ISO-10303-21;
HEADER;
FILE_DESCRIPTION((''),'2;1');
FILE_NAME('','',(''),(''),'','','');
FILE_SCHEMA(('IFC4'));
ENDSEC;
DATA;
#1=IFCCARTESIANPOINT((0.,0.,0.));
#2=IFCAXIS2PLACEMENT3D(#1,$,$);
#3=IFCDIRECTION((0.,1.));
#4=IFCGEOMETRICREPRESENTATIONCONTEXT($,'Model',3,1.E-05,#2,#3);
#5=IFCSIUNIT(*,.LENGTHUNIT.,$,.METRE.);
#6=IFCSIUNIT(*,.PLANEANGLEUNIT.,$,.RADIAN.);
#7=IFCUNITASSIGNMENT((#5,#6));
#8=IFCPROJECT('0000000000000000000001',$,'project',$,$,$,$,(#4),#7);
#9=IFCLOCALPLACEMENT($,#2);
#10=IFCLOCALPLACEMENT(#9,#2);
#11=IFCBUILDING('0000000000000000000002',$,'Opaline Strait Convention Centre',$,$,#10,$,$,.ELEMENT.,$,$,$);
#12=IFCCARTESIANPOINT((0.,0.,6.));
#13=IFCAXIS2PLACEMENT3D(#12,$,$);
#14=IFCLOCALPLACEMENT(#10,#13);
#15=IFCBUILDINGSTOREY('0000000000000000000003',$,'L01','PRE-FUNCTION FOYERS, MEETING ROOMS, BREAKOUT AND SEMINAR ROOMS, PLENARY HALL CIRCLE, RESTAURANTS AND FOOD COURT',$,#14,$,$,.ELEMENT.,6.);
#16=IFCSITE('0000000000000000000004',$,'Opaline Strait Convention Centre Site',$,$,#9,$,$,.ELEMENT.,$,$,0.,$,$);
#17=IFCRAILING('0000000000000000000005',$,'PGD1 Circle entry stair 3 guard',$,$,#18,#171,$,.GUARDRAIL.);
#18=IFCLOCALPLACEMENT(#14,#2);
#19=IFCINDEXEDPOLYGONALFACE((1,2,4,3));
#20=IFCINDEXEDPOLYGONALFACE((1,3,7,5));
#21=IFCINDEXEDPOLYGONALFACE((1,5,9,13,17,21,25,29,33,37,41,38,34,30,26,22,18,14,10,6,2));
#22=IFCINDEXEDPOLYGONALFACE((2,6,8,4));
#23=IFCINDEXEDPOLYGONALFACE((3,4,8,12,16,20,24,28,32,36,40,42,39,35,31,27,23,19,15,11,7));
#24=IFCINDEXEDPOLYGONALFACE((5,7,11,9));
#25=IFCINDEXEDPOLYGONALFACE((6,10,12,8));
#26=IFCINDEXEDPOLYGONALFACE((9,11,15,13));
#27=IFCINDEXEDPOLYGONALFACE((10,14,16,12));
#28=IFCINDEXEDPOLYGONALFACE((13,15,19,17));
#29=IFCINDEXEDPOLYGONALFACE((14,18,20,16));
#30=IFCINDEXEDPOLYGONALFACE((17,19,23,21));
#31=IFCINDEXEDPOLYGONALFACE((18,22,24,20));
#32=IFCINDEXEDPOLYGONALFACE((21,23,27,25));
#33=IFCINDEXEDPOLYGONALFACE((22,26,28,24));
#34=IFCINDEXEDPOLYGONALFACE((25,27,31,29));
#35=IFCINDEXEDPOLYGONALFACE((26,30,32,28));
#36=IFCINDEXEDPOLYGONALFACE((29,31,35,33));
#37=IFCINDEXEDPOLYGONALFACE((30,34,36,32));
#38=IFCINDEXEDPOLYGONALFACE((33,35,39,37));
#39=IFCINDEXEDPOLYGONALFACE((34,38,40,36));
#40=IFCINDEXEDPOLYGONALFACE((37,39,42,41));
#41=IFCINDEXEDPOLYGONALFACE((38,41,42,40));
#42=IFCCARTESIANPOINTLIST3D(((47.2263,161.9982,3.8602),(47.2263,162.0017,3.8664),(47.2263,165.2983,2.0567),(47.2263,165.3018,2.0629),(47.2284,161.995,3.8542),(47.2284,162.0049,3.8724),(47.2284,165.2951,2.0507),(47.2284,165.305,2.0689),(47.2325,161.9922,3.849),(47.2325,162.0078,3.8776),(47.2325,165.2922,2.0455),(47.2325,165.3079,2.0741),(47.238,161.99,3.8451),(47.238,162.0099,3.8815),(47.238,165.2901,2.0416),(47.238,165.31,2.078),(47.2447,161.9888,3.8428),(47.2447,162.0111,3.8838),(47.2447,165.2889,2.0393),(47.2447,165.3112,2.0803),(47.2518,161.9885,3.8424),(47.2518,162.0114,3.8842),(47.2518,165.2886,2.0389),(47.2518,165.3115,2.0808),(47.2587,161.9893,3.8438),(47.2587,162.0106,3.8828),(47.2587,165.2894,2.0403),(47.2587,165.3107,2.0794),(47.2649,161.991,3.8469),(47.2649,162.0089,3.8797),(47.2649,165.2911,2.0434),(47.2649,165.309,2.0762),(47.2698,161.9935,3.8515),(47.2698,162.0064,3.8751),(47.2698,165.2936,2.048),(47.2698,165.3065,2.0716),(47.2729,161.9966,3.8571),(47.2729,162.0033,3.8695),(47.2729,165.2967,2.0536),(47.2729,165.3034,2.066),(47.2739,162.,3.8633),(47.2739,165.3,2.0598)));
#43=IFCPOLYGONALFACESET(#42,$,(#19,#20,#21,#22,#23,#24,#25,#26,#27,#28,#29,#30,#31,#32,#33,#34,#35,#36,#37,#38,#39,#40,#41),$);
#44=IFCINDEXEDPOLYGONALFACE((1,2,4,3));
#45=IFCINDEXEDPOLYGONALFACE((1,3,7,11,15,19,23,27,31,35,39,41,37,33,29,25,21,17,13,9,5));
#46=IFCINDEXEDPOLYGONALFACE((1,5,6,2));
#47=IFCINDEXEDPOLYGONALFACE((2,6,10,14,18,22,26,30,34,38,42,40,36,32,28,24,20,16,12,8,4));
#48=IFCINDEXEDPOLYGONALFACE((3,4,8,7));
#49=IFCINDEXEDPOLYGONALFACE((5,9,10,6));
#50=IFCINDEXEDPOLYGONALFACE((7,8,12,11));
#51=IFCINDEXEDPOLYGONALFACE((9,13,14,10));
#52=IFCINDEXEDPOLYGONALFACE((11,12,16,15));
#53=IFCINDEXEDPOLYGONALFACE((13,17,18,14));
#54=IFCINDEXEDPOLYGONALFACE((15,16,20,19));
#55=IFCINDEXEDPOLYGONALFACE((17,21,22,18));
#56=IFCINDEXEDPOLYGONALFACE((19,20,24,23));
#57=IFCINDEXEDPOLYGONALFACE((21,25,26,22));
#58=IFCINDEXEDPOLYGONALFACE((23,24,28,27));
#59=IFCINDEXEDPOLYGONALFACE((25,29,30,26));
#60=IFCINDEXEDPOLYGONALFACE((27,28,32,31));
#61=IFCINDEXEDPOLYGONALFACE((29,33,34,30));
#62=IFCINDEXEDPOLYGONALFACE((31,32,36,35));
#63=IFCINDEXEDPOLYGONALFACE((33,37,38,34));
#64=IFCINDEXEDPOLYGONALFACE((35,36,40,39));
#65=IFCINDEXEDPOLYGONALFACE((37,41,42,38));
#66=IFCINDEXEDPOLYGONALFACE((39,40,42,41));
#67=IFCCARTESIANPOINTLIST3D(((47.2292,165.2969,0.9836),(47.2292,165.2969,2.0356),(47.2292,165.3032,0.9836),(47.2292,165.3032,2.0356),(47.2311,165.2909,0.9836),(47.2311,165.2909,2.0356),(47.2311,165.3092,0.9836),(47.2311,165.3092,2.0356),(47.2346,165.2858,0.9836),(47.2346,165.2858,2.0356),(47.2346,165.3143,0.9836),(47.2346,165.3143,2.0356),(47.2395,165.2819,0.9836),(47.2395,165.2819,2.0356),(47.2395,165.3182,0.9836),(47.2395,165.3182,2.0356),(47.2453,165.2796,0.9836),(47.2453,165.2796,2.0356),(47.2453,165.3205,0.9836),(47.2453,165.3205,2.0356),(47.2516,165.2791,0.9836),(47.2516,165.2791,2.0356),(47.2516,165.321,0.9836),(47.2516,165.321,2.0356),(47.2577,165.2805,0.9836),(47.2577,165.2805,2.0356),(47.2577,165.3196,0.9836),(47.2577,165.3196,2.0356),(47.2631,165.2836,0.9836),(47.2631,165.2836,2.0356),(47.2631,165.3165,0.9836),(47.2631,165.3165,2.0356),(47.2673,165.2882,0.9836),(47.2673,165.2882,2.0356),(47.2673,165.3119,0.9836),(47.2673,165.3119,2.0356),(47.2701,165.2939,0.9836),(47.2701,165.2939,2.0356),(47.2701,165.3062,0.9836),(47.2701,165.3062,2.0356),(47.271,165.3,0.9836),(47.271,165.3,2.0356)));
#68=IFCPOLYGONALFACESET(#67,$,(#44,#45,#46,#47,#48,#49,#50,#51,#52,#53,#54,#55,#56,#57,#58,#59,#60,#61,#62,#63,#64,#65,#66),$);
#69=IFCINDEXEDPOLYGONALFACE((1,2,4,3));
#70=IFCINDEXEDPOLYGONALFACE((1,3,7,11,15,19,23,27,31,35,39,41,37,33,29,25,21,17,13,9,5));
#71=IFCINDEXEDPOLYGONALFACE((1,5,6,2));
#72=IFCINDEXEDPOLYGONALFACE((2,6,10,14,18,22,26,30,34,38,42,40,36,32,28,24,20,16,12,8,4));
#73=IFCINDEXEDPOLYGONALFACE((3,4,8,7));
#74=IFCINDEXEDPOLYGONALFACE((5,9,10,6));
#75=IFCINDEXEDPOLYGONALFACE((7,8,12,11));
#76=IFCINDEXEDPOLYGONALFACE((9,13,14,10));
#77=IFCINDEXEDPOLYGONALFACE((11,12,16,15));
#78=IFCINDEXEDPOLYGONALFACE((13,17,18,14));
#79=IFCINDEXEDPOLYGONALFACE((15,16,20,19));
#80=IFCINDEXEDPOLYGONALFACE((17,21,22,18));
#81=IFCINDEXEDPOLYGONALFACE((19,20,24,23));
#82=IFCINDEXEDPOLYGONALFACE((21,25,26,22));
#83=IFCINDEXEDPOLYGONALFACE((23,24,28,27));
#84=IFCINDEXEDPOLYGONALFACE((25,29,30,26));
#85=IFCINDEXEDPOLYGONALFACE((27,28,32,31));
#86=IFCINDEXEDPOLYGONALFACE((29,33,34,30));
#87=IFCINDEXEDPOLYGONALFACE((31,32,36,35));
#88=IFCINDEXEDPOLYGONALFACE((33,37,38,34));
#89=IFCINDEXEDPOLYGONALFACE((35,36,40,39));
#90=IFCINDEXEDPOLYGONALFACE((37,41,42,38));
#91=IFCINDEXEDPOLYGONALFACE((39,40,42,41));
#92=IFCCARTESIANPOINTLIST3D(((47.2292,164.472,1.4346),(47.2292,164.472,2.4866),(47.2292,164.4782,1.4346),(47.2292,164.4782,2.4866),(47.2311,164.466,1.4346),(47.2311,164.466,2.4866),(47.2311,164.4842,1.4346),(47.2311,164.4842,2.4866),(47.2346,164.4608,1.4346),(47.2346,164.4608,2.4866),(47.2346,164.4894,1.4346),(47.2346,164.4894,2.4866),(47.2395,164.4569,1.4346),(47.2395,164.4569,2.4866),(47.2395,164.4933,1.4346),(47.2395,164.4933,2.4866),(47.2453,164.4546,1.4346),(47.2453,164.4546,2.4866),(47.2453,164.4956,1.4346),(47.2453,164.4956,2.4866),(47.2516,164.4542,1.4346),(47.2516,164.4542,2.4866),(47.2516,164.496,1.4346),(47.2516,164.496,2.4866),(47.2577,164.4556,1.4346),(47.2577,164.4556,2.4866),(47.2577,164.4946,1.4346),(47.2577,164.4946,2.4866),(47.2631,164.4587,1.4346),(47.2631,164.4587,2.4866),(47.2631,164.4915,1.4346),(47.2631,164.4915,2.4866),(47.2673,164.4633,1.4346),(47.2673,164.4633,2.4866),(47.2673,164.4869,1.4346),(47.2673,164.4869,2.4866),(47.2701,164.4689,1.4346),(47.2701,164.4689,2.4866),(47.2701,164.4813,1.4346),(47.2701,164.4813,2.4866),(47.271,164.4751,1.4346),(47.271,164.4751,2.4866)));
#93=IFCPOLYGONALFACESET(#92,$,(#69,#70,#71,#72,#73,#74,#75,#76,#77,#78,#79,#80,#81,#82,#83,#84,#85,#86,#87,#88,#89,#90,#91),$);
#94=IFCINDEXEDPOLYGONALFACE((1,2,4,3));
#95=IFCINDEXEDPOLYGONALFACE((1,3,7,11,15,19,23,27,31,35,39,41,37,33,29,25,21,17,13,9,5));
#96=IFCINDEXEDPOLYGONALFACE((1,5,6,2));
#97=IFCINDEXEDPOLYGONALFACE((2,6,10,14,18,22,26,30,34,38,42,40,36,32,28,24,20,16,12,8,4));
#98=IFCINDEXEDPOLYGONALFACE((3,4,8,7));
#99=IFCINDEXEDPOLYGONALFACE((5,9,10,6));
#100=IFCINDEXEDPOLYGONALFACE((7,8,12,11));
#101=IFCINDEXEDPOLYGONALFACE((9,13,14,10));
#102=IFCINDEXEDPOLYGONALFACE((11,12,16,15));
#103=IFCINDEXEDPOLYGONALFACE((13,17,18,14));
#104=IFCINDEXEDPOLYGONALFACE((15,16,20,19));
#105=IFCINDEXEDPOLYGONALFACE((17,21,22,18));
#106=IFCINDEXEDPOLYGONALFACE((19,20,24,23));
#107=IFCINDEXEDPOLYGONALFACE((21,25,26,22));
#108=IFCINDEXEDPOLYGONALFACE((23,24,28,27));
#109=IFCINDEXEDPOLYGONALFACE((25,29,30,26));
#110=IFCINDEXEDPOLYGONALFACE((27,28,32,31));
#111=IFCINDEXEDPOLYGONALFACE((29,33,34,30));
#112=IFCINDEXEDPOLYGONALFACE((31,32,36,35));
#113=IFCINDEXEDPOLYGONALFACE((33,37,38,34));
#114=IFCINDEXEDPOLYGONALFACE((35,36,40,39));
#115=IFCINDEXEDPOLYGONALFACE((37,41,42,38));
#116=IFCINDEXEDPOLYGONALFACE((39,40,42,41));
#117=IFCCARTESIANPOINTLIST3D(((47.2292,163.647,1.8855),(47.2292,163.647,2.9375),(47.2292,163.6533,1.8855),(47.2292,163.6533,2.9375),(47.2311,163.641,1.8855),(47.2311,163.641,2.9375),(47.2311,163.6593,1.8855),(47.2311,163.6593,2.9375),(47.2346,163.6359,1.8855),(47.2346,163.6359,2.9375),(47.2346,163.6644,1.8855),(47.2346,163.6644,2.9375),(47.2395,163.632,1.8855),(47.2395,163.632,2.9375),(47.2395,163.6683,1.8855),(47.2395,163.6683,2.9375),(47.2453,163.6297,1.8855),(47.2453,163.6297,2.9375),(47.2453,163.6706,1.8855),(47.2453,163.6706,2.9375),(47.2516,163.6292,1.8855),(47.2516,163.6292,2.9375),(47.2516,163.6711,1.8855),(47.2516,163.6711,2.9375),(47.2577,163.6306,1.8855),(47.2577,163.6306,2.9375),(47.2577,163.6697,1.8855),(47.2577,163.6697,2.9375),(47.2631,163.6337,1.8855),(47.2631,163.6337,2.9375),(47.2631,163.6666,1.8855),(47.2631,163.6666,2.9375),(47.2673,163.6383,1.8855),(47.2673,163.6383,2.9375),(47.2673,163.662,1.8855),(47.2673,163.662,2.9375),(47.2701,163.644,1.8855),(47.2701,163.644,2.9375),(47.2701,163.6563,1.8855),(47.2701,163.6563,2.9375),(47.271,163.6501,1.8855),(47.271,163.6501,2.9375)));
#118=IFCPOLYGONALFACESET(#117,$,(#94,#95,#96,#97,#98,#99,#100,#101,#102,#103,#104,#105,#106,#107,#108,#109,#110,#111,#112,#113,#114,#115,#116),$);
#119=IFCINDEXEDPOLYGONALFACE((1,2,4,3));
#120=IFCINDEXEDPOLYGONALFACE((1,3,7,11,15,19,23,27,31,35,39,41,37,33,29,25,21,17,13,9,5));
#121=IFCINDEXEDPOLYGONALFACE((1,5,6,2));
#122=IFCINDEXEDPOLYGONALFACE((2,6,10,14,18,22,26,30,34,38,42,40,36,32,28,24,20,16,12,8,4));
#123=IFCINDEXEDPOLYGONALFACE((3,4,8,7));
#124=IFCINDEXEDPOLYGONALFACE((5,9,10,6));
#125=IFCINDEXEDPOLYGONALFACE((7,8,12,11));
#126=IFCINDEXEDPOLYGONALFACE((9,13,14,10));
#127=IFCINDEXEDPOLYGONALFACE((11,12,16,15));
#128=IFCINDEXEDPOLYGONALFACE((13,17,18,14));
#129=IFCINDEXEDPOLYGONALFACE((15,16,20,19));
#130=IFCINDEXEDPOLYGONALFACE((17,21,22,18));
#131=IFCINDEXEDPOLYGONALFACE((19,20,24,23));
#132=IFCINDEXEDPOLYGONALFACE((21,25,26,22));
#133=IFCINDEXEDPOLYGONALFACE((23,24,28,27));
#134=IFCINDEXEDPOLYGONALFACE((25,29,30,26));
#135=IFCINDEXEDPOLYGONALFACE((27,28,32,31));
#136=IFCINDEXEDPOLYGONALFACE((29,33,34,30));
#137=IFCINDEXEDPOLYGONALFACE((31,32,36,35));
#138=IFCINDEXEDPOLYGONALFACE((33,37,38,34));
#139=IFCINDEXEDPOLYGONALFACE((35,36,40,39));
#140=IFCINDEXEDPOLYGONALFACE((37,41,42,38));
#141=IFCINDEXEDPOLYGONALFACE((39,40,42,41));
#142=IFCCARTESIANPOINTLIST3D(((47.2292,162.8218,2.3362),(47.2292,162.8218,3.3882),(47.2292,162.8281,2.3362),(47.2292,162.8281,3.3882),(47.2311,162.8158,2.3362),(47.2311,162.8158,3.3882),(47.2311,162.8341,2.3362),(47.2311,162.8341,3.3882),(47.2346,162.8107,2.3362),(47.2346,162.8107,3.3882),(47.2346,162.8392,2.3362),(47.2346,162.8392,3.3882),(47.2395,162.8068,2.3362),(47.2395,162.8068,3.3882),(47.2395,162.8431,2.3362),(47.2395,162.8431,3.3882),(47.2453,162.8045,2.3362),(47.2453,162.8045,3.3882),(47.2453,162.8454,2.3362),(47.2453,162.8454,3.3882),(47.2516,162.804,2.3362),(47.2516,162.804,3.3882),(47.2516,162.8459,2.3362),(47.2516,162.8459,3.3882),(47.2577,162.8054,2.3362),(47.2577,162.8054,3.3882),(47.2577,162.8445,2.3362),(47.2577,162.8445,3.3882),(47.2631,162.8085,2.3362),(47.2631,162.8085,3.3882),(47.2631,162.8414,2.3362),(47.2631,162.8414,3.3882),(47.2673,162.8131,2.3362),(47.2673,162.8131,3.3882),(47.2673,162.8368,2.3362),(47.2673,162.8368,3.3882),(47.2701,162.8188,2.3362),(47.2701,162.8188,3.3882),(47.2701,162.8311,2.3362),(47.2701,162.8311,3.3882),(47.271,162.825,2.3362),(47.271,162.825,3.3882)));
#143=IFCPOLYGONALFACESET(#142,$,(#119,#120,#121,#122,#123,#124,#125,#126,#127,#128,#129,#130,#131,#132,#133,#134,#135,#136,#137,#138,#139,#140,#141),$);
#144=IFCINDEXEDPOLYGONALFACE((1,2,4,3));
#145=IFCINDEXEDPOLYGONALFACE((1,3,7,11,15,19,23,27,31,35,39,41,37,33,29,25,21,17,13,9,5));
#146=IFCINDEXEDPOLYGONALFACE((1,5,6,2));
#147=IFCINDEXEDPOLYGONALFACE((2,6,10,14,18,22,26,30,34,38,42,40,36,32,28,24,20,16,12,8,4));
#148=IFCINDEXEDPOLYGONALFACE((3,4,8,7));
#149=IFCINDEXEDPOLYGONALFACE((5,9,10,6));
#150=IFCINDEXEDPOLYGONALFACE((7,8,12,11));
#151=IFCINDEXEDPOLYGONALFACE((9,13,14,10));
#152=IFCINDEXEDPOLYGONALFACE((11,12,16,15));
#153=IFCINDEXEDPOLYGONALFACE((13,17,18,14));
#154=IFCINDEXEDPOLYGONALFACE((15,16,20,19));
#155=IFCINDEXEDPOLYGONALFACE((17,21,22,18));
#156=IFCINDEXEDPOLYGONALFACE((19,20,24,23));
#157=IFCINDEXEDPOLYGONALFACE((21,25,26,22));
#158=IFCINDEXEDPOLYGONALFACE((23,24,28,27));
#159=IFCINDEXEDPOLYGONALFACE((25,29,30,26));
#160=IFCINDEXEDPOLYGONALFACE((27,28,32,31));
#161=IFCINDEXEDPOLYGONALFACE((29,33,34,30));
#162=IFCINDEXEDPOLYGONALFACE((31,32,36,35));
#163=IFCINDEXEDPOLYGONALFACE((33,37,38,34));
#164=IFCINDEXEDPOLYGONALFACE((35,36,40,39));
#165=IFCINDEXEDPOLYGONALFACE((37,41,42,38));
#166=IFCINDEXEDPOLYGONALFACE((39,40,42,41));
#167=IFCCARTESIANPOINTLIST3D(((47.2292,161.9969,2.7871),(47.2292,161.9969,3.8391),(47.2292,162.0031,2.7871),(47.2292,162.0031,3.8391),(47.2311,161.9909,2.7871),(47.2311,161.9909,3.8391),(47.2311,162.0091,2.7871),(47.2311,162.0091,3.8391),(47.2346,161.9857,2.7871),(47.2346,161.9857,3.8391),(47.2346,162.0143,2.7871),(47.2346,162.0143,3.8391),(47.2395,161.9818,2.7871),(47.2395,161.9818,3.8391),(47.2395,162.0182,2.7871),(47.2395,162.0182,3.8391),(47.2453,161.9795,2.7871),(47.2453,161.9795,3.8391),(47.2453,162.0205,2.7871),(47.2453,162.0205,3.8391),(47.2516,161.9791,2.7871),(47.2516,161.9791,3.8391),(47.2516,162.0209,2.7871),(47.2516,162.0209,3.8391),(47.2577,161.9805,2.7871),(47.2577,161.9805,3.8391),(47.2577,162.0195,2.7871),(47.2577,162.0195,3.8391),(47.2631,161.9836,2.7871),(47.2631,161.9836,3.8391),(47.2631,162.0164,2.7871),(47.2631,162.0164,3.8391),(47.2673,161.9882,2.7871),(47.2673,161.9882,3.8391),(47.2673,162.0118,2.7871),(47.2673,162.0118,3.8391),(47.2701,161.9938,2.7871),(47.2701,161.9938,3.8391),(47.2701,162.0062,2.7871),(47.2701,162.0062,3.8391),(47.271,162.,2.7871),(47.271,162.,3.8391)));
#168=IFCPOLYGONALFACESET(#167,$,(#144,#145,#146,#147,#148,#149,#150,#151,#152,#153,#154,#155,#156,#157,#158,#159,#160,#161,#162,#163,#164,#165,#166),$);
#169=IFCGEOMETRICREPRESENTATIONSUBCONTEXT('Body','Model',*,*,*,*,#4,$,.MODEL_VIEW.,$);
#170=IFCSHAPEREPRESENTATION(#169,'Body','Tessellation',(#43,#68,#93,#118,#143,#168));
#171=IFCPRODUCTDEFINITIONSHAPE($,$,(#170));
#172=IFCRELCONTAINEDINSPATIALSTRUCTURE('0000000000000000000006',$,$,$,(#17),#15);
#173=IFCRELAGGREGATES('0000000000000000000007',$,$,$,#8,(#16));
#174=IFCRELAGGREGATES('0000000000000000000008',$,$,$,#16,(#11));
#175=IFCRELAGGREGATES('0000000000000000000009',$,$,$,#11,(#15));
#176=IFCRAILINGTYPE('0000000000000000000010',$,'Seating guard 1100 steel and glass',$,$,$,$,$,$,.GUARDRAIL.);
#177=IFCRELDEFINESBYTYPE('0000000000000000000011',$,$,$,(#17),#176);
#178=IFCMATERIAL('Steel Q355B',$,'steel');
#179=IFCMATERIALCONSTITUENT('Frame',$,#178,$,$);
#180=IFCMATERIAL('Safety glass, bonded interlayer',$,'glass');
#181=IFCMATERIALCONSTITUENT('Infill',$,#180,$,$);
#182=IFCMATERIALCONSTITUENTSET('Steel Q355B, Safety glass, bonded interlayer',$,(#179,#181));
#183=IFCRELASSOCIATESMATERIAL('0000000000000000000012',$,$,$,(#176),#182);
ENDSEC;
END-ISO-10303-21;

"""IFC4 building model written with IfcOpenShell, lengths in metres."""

from ifc_helpers import new_model, si_unit, direction, frame, origin, origin_2d, place, context, subcontext, project, spatial, circle, extrude, material, constituent, constituent_set, type_object, element, save


model = new_model("IFC4")

# Units and contexts
model_context = context("Model", 3, precision=1e-05, world=origin(), true_north=direction((0.0, 1.0)))
body_context = subcontext(model_context, "Body", "Model", "MODEL_VIEW")
ifc_project = project(units=[si_unit("LENGTHUNIT", "METRE"), si_unit("PLANEANGLEUNIT", "RADIAN")], contexts=[model_context])

# Site, building, storey
site_placement = place(None, origin())
site = spatial("IfcSite", under=ifc_project, at=site_placement, Name="Opaline Strait Convention Centre Site", CompositionType="ELEMENT", RefElevation=0.0)
building_placement = place(site_placement, origin())
building = spatial("IfcBuilding", under=site, at=building_placement, Name="Opaline Strait Convention Centre", CompositionType="ELEMENT")
storey_placement = place(building_placement, frame((0.0, 0.0, 6.0)))
storey = spatial("IfcBuildingStorey", under=building, at=storey_placement, Name="L01", Description="PRE-FUNCTION FOYERS, MEETING ROOMS, BREAKOUT AND SEMINAR ROOMS, PLENARY HALL CIRCLE, RESTAURANTS AND FOOD COURT", CompositionType="ELEMENT", Elevation=6.0)

# Railing
ifc_material_1 = material(Name="Steel Q355B", Category="steel")
ifc_constituent_1 = constituent(ifc_material_1, Name="Frame")
ifc_material_2 = material(Name="Safety glass, bonded interlayer", Category="glass")
ifc_constituent_2 = constituent(ifc_material_2, Name="Infill")
ifc_constituent_set = constituent_set(constituents=[ifc_constituent_1, ifc_constituent_2], Name="Steel Q355B, Safety glass, bonded interlayer")
railing_type_1 = type_object("IfcRailingType", Name="Seating guard 1100 steel and glass", PredefinedType="GUARDRAIL", material=ifc_constituent_set)
for number, where, name in (
    (1, (47.25, 165.3, 0.9836), "PGD1 Circle entry stair 3 guard"),
):
    element("IfcRailing", number, at=place(storey_placement, frame(where)), inside=storey, type_object=railing_type_1, Name=name, PredefinedType="GUARDRAIL", context=body_context, shape_type="SweptSolid", body=[
        extrude(circle(Radius=0.0239, at=origin_2d()), frame((0.0, 0.0, 1.0762), z_axis=(0.0, -0.877511, 0.479557), x_axis=(1.0, 0.0, 0.0)), (0.0, 0.0, 1.0), 3.7607),
        extrude(circle(Radius=0.021, at=origin_2d()), origin(), (0.0, 0.0, 1.0), 1.052),
        extrude(circle(Radius=0.021, at=origin_2d()), frame((0.0, -0.825, 0.4509)), (0.0, 0.0, 1.0), 1.052),
        extrude(circle(Radius=0.021, at=origin_2d()), frame((0.0, -1.6499, 0.9019)), (0.0, 0.0, 1.0), 1.052),
        extrude(circle(Radius=0.021, at=origin_2d()), frame((0.0, -2.4751, 1.3525)), (0.0, 0.0, 1.0), 1.052),
        extrude(circle(Radius=0.021, at=origin_2d()), frame((0.0, -3.3, 1.8035)), (0.0, 0.0, 1.0), 1.052),
    ])

save(model, "model.ifc")
